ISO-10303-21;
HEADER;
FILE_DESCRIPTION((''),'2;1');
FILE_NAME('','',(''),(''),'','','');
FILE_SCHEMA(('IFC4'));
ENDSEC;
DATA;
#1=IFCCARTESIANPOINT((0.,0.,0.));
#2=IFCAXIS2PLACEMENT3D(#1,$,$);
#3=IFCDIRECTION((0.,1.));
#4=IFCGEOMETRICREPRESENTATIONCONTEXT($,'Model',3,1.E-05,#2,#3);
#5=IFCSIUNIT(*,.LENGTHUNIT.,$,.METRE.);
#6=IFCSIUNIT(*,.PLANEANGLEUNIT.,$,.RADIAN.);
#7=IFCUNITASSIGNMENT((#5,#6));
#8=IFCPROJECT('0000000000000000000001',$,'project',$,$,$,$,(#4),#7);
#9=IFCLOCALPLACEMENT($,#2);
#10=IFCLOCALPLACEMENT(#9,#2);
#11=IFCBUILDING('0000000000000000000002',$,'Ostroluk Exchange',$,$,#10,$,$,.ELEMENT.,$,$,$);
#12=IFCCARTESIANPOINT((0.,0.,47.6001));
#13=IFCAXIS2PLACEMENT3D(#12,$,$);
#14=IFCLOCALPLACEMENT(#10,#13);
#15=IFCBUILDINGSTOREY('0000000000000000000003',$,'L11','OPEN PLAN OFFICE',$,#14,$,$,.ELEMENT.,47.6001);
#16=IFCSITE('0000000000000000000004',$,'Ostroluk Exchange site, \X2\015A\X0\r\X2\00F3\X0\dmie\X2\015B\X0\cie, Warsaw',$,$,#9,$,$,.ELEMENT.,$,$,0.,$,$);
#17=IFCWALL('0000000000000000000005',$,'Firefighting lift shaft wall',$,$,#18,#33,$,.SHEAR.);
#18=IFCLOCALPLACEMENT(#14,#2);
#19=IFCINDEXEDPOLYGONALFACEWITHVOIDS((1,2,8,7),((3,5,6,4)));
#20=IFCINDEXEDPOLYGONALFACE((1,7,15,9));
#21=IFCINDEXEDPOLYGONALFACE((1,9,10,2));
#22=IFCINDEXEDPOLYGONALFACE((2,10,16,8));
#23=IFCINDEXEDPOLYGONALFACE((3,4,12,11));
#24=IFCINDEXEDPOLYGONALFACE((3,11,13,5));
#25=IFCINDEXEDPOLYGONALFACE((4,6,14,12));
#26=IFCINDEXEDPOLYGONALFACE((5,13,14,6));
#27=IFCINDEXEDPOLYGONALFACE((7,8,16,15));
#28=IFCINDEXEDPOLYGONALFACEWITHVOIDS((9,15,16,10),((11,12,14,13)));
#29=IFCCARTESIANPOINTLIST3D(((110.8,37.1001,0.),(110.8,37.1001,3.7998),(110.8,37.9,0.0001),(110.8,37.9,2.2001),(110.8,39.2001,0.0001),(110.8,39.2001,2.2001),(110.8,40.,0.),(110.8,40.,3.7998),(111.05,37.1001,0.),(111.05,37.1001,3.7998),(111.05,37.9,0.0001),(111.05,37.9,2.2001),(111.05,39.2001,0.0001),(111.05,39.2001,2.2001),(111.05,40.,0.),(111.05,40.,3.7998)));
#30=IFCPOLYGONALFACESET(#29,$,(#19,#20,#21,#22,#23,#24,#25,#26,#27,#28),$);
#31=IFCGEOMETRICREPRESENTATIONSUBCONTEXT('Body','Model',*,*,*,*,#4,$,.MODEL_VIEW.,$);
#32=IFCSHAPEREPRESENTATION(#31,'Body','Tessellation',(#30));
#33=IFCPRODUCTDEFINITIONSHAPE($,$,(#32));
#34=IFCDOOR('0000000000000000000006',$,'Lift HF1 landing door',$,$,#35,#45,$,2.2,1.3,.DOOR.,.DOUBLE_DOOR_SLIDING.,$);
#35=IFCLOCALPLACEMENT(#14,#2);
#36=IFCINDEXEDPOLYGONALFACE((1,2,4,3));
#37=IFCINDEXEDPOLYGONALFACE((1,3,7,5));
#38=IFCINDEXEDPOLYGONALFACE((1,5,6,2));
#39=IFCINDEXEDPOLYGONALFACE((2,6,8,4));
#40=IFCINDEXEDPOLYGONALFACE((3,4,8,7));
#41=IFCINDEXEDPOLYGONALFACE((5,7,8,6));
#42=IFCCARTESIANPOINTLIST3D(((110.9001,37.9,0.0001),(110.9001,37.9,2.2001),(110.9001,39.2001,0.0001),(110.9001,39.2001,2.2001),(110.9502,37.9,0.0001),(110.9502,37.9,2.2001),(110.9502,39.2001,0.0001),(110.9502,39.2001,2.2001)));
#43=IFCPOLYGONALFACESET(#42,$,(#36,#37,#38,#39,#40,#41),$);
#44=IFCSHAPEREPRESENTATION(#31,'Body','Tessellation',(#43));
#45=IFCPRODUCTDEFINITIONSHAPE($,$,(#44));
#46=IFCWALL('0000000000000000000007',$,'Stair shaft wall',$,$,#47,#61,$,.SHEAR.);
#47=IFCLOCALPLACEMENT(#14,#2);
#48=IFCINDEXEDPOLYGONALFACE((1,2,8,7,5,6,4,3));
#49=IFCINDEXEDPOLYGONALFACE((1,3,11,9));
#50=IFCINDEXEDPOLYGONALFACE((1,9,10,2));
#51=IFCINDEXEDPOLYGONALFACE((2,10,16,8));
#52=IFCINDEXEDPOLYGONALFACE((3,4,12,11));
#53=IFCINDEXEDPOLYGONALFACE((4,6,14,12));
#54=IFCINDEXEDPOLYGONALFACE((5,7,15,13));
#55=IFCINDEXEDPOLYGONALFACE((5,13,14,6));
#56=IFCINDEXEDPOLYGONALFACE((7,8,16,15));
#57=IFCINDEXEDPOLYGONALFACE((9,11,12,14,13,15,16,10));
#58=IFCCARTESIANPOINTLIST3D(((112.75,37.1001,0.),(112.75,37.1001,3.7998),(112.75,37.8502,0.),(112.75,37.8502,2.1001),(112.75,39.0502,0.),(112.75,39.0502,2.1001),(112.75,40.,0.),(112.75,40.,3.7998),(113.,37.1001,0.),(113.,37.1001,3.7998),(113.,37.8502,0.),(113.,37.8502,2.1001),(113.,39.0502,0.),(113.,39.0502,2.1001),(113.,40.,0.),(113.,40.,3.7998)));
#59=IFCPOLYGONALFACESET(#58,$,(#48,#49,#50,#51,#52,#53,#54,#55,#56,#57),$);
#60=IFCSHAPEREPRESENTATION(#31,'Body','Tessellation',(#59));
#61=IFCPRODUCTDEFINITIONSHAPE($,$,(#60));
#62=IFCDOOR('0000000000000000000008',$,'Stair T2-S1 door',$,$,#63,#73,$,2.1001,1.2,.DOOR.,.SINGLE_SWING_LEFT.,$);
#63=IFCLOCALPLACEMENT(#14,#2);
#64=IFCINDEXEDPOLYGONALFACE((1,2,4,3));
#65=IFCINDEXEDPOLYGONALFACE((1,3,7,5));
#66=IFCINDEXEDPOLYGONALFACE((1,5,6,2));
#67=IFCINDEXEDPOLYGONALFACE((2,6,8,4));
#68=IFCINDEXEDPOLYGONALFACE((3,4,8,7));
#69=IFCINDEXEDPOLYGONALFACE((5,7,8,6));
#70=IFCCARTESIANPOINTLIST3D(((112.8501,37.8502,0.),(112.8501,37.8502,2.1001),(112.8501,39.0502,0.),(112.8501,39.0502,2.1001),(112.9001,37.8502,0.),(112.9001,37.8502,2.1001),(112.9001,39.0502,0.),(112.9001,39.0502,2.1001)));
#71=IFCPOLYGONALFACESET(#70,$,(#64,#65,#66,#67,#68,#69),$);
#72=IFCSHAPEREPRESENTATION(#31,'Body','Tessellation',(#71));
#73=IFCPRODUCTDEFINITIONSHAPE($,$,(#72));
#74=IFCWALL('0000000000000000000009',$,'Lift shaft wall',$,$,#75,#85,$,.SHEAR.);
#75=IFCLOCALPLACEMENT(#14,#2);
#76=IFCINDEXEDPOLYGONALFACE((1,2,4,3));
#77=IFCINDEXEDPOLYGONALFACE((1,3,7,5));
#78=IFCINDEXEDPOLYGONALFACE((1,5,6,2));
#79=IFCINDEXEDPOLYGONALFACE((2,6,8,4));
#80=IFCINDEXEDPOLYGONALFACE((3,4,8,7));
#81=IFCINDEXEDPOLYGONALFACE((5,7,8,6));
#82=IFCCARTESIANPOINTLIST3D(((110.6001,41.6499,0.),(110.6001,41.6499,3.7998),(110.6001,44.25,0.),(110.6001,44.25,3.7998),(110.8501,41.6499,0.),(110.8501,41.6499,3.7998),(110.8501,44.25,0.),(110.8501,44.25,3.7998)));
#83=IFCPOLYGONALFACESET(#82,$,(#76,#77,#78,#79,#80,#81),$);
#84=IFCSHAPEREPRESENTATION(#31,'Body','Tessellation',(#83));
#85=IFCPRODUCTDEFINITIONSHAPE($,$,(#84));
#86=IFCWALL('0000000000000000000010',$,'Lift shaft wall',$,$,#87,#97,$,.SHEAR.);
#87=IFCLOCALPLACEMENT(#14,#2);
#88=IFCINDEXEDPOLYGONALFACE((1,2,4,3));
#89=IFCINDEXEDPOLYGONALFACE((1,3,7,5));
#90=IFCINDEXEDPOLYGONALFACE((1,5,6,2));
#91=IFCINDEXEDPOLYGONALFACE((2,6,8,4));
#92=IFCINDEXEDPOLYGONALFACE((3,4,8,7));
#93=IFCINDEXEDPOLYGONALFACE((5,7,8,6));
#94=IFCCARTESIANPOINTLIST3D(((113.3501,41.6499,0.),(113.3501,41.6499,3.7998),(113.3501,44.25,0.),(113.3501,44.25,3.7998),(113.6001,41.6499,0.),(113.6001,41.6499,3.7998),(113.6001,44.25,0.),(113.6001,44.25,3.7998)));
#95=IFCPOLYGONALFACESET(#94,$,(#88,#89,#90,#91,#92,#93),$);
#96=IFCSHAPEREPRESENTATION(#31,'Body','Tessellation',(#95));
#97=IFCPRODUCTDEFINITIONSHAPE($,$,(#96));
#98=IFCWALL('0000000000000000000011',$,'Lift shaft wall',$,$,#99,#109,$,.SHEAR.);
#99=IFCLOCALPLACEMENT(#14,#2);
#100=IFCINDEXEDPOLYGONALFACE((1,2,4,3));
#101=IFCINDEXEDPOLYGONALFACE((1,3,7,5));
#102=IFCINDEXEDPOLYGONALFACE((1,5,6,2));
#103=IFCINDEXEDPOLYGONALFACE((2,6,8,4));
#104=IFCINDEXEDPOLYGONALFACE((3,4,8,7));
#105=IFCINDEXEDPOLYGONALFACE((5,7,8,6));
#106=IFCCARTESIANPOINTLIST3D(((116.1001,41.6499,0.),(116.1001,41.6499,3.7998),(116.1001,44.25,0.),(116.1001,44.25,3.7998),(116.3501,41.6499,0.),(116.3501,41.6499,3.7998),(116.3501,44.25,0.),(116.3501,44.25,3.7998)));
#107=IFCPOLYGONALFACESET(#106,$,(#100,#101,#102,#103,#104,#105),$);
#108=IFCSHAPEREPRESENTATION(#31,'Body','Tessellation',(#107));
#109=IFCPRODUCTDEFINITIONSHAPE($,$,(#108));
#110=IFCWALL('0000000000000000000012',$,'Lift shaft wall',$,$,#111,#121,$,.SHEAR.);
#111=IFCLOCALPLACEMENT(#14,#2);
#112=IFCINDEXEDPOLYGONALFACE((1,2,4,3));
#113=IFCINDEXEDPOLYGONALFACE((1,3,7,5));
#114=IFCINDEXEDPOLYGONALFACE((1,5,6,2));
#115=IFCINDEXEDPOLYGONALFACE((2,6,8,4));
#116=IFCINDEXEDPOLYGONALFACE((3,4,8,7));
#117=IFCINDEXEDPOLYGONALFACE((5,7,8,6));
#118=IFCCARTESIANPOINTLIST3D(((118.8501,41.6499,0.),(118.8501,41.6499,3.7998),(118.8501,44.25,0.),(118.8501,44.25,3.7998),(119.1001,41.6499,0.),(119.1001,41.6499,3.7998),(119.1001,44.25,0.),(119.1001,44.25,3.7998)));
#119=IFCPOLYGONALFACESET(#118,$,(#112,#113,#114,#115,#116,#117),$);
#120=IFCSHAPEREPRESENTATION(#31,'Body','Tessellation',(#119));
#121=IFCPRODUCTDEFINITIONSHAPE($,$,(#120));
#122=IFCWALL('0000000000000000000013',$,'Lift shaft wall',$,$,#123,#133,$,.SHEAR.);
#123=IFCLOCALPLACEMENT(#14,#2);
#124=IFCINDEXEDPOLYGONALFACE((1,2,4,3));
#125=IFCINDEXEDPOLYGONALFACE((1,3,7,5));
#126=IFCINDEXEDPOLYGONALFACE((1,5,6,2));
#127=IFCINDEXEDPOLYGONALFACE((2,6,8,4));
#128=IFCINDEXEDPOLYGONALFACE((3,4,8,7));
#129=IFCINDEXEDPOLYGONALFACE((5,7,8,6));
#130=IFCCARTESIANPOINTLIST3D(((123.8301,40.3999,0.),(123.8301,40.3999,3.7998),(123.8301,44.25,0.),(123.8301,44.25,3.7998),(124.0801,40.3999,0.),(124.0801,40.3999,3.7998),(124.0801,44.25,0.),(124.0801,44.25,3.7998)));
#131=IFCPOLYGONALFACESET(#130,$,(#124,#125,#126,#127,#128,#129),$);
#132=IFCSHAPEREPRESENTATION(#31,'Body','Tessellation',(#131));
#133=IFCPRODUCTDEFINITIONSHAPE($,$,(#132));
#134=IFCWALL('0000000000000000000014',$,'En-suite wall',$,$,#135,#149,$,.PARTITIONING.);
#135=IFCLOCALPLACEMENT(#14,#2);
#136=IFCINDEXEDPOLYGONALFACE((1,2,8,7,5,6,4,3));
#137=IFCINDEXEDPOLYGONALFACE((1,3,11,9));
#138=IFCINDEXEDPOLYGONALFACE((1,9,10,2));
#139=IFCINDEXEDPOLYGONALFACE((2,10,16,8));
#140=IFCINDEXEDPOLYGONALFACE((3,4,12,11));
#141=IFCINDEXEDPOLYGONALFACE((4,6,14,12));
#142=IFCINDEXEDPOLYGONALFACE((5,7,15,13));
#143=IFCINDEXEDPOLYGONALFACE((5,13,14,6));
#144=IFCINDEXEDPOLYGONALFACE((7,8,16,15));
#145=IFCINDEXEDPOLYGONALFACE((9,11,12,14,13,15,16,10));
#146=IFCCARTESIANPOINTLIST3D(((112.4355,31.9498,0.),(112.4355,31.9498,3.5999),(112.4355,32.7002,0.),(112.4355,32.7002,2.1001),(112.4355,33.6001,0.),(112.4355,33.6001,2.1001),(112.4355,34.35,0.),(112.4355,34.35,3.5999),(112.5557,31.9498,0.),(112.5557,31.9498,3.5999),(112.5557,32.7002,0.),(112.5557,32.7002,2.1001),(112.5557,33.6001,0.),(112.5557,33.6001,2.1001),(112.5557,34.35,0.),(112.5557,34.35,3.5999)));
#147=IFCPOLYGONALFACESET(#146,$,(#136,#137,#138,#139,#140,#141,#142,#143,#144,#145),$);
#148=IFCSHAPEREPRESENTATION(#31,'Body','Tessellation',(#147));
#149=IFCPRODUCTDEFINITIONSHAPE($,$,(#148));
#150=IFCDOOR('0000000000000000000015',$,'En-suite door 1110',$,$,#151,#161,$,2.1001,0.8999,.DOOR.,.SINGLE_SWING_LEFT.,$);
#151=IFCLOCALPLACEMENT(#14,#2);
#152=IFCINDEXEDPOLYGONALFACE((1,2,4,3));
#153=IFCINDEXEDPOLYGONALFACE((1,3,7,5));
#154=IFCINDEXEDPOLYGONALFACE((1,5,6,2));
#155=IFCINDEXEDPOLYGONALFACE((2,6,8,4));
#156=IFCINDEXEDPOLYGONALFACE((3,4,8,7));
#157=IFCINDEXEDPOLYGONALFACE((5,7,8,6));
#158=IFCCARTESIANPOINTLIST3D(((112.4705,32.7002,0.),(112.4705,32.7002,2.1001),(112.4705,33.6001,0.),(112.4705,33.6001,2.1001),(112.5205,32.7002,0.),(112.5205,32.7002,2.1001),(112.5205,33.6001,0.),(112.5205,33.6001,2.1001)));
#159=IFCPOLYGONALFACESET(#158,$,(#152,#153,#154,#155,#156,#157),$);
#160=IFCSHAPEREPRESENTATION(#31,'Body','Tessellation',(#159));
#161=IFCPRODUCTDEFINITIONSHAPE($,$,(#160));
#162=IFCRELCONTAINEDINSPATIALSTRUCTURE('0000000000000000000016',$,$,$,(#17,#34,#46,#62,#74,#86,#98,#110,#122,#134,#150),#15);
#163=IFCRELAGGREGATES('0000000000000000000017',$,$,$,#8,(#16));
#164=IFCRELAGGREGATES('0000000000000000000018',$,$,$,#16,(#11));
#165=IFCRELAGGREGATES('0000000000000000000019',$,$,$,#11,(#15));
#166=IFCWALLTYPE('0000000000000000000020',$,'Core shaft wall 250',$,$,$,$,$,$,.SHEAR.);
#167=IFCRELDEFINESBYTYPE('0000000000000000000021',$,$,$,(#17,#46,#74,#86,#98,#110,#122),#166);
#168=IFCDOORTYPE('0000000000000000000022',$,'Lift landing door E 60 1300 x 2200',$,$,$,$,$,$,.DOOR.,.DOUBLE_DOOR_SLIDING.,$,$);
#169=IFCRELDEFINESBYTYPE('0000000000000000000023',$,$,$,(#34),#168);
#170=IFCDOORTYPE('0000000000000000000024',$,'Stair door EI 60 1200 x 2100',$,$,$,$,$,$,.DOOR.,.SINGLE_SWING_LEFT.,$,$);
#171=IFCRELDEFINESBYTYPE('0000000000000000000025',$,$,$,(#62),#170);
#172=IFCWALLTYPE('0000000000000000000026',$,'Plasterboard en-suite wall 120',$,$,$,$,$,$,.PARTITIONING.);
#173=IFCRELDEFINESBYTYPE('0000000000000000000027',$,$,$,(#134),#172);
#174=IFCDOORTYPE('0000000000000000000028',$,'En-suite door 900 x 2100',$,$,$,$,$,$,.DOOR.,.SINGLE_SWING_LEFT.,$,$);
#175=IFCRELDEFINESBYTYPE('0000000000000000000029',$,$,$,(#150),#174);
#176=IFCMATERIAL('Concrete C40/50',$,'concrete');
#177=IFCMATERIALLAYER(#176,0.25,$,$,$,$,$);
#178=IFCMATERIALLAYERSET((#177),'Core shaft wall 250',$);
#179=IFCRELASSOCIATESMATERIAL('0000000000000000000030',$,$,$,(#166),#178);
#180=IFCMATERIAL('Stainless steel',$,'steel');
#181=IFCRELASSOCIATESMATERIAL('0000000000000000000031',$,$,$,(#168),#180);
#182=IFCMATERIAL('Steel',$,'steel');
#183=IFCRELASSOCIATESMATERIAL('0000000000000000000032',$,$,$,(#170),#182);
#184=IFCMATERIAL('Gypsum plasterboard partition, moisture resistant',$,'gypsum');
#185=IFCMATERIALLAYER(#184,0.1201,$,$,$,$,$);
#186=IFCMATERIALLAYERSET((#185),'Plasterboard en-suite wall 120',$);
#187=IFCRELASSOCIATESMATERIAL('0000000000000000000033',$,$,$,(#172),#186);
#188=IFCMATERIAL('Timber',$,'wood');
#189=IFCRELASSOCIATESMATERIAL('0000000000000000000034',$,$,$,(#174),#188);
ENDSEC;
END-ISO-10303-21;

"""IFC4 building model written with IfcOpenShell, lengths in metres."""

from ifc_helpers import new_model, si_unit, direction, frame, frame_2d, origin, place, context, subcontext, project, spatial, rectangle, extrude, material, layer, layer_set, type_object, element, fill, save


model = new_model("IFC4")

# Units and contexts
model_context = context("Model", 3, precision=1e-05, world=origin(), true_north=direction((0.0, 1.0)))
body_context = subcontext(model_context, "Body", "Model", "MODEL_VIEW")
ifc_project = project(units=[si_unit("LENGTHUNIT", "METRE"), si_unit("PLANEANGLEUNIT", "RADIAN")], contexts=[model_context])

# Site, building, storey
site_placement = place(None, origin())
site = spatial("IfcSite", under=ifc_project, at=site_placement, Name="Ostroluk Exchange site, Śródmieście, Warsaw", CompositionType="ELEMENT", RefElevation=0.0)
building_placement = place(site_placement, origin())
building = spatial("IfcBuilding", under=site, at=building_placement, Name="Ostroluk Exchange", CompositionType="ELEMENT")
storey_placement = place(building_placement, frame((0.0, 0.0, 47.6001)))
storey = spatial("IfcBuildingStorey", under=building, at=storey_placement, Name="L11", Description="OPEN PLAN OFFICE", CompositionType="ELEMENT", Elevation=47.6001)

# Walls, openings, doors
ifc_material_1 = material(Name="Concrete C40/50", Category="concrete")
ifc_layer_1 = layer(ifc_material_1, 0.25)
ifc_layer_set_1 = layer_set([ifc_layer_1], Name="Core shaft wall 250")
wall_type_1 = type_object("IfcWallType", Name="Core shaft wall 250", PredefinedType="SHEAR", material=ifc_layer_set_1)
wall_1_placement = place(storey_placement, frame((110.925, 37.1001, 0.0), z_axis=(0.0, 0.0, 1.0), x_axis=(0.0, 1.0, 0.0)))
wall_1 = element("IfcWall", 1, at=wall_1_placement, inside=storey, type_object=wall_type_1, Name="Firefighting lift shaft wall", PredefinedType="SHEAR", context=body_context, shape_type="SweptSolid", body=[
    extrude(rectangle(XDim=2.8999, YDim=0.25, at=frame_2d((1.45, 0.0))), origin(), (0.0, 0.0, 1.0), 3.7998),
])
opening_1_placement = place(wall_1_placement, frame((0.8, 0.0, 0.0)))
opening_1 = element("IfcOpeningElement", 2, at=opening_1_placement, cuts=wall_1, PredefinedType="OPENING", context=body_context, shape_type="SweptSolid", body=[
    extrude(rectangle(XDim=1.3, YDim=2.2, at=frame_2d((0.6499, 1.1001))), frame((0.0, 0.135, 0.0), z_axis=(0.0, -1.0, 0.0), x_axis=(1.0, 0.0, 0.0)), (0.0, 0.0, 1.0), 0.27),
])
ifc_material_2 = material(Name="Stainless steel", Category="steel")
door_type_1 = type_object("IfcDoorType", Name="Lift landing door E 60 1300 x 2200", OperationType="DOUBLE_DOOR_SLIDING", PredefinedType="DOOR", material=ifc_material_2)
door_1_placement = place(opening_1_placement, origin())
door_1 = element("IfcDoor", 3, at=door_1_placement, inside=storey, type_object=door_type_1, Name="Lift HF1 landing door", OperationType="DOUBLE_DOOR_SLIDING", OverallHeight=2.2, OverallWidth=1.3, PredefinedType="DOOR", context=body_context, shape_type="SweptSolid", body=[
    extrude(rectangle(XDim=1.3, YDim=2.2, at=frame_2d((0.6499, 1.1001))), frame((0.0, 0.0249, 0.0), z_axis=(0.0, -1.0, 0.0), x_axis=(1.0, 0.0, 0.0)), (0.0, 0.0, 1.0), 0.05),
])
fill(opening_1, door_1)
wall_2_placement = place(storey_placement, frame((112.875, 37.1001, 0.0), z_axis=(0.0, 0.0, 1.0), x_axis=(0.0, 1.0, 0.0)))
wall_2 = element("IfcWall", 4, at=wall_2_placement, inside=storey, type_object=wall_type_1, Name="Stair shaft wall", PredefinedType="SHEAR", context=body_context, shape_type="SweptSolid", body=[
    extrude(rectangle(XDim=2.8999, YDim=0.25, at=frame_2d((1.45, 0.0))), origin(), (0.0, 0.0, 1.0), 3.7998),
])
opening_2_placement = place(wall_2_placement, frame((0.75, 0.0, 0.0)))
opening_2 = element("IfcOpeningElement", 5, at=opening_2_placement, cuts=wall_2, PredefinedType="OPENING", context=body_context, shape_type="SweptSolid", body=[
    extrude(rectangle(XDim=1.2, YDim=2.1001, at=frame_2d((0.6001, 1.05))), frame((0.0, 0.135, 0.0), z_axis=(0.0, -1.0, 0.0), x_axis=(1.0, 0.0, 0.0)), (0.0, 0.0, 1.0), 0.27),
])
ifc_material_3 = material(Name="Steel", Category="steel")
door_type_2 = type_object("IfcDoorType", Name="Stair door EI 60 1200 x 2100", OperationType="SINGLE_SWING_LEFT", PredefinedType="DOOR", material=ifc_material_3)
door_2_placement = place(opening_2_placement, origin())
door_2 = element("IfcDoor", 6, at=door_2_placement, inside=storey, type_object=door_type_2, Name="Stair T2-S1 door", OperationType="SINGLE_SWING_LEFT", OverallHeight=2.1001, OverallWidth=1.2, PredefinedType="DOOR", context=body_context, shape_type="SweptSolid", body=[
    extrude(rectangle(XDim=1.2, YDim=2.1001, at=frame_2d((0.6001, 1.05))), frame((0.0, 0.0249, 0.0), z_axis=(0.0, -1.0, 0.0), x_axis=(1.0, 0.0, 0.0)), (0.0, 0.0, 1.0), 0.05),
])
fill(opening_2, door_2)

# Walls
for number, where, z_axis, x_axis, name in (
    (7, (110.7251, 44.25, 0.0), (0.0, 0.0, 1.0), (0.0, -1.0, 0.0), "Lift shaft wall"),
    (8, (113.4751, 44.25, 0.0), (0.0, 0.0, 1.0), (0.0, -1.0, 0.0), "Lift shaft wall"),
    (9, (116.2251, 44.25, 0.0), (0.0, 0.0, 1.0), (0.0, -1.0, 0.0), "Lift shaft wall"),
    (10, (118.9751, 44.25, 0.0), (0.0, 0.0, 1.0), (0.0, -1.0, 0.0), "Lift shaft wall"),
):
    element("IfcWall", number, at=place(storey_placement, frame(where, z_axis=z_axis, x_axis=x_axis)), inside=storey, type_object=wall_type_1, Name=name, PredefinedType="SHEAR", context=body_context, shape_type="SweptSolid", body=[
        extrude(rectangle(XDim=2.6001, YDim=0.25, at=frame_2d((1.3, 0.0))), origin(), (0.0, 0.0, 1.0), 3.7998),
    ])
wall_3_placement = place(storey_placement, frame((123.9551, 44.25, 0.0), z_axis=(0.0, 0.0, 1.0), x_axis=(0.0, -1.0, 0.0)))
element("IfcWall", 11, at=wall_3_placement, inside=storey, type_object=wall_type_1, Name="Lift shaft wall", PredefinedType="SHEAR", context=body_context, shape_type="SweptSolid", body=[
    extrude(rectangle(XDim=3.8501, YDim=0.25, at=frame_2d((1.925, 0.0))), origin(), (0.0, 0.0, 1.0), 3.7998),
])

# Wall, opening, door
ifc_material_4 = material(Name="Gypsum plasterboard partition, moisture resistant", Category="gypsum")
ifc_layer_2 = layer(ifc_material_4, 0.1201)
ifc_layer_set_2 = layer_set([ifc_layer_2], Name="Plasterboard en-suite wall 120")
wall_type_2 = type_object("IfcWallType", Name="Plasterboard en-suite wall 120", PredefinedType="PARTITIONING", material=ifc_layer_set_2)
wall_4_placement = place(storey_placement, frame((112.4956, 34.3501, 0.0), z_axis=(0.0, 0.0, 1.0), x_axis=(0.0, -1.0, 0.0)))
wall_4 = element("IfcWall", 12, at=wall_4_placement, inside=storey, type_object=wall_type_2, Name="En-suite wall", PredefinedType="PARTITIONING", context=body_context, shape_type="SweptSolid", body=[
    extrude(rectangle(XDim=2.4001, YDim=0.1201, at=frame_2d((1.2002, 0.0))), origin(), (0.0, 0.0, 1.0), 3.5999),
])
opening_3_placement = place(wall_4_placement, frame((0.75, 0.0, 0.0)))
opening_3 = element("IfcOpeningElement", 13, at=opening_3_placement, cuts=wall_4, PredefinedType="OPENING", context=body_context, shape_type="SweptSolid", body=[
    extrude(rectangle(XDim=0.8999, YDim=2.1001, at=frame_2d((0.45, 1.05))), frame((0.0, 0.0701, 0.0), z_axis=(0.0, -1.0, 0.0), x_axis=(1.0, 0.0, 0.0)), (0.0, 0.0, 1.0), 0.1401),
])
ifc_material_5 = material(Name="Timber", Category="wood")
door_type_3 = type_object("IfcDoorType", Name="En-suite door 900 x 2100", OperationType="SINGLE_SWING_LEFT", PredefinedType="DOOR", material=ifc_material_5)
door_3_placement = place(opening_3_placement, origin())
door_3 = element("IfcDoor", 14, at=door_3_placement, inside=storey, type_object=door_type_3, Name="En-suite door 1110", OperationType="SINGLE_SWING_LEFT", OverallHeight=2.1001, OverallWidth=0.8999, PredefinedType="DOOR", context=body_context, shape_type="SweptSolid", body=[
    extrude(rectangle(XDim=0.8999, YDim=2.1001, at=frame_2d((0.45, 1.05))), frame((0.0, 0.0249, 0.0), z_axis=(0.0, -1.0, 0.0), x_axis=(1.0, 0.0, 0.0)), (0.0, 0.0, 1.0), 0.05),
])
fill(opening_3, door_3)

save(model, "model.ifc")
